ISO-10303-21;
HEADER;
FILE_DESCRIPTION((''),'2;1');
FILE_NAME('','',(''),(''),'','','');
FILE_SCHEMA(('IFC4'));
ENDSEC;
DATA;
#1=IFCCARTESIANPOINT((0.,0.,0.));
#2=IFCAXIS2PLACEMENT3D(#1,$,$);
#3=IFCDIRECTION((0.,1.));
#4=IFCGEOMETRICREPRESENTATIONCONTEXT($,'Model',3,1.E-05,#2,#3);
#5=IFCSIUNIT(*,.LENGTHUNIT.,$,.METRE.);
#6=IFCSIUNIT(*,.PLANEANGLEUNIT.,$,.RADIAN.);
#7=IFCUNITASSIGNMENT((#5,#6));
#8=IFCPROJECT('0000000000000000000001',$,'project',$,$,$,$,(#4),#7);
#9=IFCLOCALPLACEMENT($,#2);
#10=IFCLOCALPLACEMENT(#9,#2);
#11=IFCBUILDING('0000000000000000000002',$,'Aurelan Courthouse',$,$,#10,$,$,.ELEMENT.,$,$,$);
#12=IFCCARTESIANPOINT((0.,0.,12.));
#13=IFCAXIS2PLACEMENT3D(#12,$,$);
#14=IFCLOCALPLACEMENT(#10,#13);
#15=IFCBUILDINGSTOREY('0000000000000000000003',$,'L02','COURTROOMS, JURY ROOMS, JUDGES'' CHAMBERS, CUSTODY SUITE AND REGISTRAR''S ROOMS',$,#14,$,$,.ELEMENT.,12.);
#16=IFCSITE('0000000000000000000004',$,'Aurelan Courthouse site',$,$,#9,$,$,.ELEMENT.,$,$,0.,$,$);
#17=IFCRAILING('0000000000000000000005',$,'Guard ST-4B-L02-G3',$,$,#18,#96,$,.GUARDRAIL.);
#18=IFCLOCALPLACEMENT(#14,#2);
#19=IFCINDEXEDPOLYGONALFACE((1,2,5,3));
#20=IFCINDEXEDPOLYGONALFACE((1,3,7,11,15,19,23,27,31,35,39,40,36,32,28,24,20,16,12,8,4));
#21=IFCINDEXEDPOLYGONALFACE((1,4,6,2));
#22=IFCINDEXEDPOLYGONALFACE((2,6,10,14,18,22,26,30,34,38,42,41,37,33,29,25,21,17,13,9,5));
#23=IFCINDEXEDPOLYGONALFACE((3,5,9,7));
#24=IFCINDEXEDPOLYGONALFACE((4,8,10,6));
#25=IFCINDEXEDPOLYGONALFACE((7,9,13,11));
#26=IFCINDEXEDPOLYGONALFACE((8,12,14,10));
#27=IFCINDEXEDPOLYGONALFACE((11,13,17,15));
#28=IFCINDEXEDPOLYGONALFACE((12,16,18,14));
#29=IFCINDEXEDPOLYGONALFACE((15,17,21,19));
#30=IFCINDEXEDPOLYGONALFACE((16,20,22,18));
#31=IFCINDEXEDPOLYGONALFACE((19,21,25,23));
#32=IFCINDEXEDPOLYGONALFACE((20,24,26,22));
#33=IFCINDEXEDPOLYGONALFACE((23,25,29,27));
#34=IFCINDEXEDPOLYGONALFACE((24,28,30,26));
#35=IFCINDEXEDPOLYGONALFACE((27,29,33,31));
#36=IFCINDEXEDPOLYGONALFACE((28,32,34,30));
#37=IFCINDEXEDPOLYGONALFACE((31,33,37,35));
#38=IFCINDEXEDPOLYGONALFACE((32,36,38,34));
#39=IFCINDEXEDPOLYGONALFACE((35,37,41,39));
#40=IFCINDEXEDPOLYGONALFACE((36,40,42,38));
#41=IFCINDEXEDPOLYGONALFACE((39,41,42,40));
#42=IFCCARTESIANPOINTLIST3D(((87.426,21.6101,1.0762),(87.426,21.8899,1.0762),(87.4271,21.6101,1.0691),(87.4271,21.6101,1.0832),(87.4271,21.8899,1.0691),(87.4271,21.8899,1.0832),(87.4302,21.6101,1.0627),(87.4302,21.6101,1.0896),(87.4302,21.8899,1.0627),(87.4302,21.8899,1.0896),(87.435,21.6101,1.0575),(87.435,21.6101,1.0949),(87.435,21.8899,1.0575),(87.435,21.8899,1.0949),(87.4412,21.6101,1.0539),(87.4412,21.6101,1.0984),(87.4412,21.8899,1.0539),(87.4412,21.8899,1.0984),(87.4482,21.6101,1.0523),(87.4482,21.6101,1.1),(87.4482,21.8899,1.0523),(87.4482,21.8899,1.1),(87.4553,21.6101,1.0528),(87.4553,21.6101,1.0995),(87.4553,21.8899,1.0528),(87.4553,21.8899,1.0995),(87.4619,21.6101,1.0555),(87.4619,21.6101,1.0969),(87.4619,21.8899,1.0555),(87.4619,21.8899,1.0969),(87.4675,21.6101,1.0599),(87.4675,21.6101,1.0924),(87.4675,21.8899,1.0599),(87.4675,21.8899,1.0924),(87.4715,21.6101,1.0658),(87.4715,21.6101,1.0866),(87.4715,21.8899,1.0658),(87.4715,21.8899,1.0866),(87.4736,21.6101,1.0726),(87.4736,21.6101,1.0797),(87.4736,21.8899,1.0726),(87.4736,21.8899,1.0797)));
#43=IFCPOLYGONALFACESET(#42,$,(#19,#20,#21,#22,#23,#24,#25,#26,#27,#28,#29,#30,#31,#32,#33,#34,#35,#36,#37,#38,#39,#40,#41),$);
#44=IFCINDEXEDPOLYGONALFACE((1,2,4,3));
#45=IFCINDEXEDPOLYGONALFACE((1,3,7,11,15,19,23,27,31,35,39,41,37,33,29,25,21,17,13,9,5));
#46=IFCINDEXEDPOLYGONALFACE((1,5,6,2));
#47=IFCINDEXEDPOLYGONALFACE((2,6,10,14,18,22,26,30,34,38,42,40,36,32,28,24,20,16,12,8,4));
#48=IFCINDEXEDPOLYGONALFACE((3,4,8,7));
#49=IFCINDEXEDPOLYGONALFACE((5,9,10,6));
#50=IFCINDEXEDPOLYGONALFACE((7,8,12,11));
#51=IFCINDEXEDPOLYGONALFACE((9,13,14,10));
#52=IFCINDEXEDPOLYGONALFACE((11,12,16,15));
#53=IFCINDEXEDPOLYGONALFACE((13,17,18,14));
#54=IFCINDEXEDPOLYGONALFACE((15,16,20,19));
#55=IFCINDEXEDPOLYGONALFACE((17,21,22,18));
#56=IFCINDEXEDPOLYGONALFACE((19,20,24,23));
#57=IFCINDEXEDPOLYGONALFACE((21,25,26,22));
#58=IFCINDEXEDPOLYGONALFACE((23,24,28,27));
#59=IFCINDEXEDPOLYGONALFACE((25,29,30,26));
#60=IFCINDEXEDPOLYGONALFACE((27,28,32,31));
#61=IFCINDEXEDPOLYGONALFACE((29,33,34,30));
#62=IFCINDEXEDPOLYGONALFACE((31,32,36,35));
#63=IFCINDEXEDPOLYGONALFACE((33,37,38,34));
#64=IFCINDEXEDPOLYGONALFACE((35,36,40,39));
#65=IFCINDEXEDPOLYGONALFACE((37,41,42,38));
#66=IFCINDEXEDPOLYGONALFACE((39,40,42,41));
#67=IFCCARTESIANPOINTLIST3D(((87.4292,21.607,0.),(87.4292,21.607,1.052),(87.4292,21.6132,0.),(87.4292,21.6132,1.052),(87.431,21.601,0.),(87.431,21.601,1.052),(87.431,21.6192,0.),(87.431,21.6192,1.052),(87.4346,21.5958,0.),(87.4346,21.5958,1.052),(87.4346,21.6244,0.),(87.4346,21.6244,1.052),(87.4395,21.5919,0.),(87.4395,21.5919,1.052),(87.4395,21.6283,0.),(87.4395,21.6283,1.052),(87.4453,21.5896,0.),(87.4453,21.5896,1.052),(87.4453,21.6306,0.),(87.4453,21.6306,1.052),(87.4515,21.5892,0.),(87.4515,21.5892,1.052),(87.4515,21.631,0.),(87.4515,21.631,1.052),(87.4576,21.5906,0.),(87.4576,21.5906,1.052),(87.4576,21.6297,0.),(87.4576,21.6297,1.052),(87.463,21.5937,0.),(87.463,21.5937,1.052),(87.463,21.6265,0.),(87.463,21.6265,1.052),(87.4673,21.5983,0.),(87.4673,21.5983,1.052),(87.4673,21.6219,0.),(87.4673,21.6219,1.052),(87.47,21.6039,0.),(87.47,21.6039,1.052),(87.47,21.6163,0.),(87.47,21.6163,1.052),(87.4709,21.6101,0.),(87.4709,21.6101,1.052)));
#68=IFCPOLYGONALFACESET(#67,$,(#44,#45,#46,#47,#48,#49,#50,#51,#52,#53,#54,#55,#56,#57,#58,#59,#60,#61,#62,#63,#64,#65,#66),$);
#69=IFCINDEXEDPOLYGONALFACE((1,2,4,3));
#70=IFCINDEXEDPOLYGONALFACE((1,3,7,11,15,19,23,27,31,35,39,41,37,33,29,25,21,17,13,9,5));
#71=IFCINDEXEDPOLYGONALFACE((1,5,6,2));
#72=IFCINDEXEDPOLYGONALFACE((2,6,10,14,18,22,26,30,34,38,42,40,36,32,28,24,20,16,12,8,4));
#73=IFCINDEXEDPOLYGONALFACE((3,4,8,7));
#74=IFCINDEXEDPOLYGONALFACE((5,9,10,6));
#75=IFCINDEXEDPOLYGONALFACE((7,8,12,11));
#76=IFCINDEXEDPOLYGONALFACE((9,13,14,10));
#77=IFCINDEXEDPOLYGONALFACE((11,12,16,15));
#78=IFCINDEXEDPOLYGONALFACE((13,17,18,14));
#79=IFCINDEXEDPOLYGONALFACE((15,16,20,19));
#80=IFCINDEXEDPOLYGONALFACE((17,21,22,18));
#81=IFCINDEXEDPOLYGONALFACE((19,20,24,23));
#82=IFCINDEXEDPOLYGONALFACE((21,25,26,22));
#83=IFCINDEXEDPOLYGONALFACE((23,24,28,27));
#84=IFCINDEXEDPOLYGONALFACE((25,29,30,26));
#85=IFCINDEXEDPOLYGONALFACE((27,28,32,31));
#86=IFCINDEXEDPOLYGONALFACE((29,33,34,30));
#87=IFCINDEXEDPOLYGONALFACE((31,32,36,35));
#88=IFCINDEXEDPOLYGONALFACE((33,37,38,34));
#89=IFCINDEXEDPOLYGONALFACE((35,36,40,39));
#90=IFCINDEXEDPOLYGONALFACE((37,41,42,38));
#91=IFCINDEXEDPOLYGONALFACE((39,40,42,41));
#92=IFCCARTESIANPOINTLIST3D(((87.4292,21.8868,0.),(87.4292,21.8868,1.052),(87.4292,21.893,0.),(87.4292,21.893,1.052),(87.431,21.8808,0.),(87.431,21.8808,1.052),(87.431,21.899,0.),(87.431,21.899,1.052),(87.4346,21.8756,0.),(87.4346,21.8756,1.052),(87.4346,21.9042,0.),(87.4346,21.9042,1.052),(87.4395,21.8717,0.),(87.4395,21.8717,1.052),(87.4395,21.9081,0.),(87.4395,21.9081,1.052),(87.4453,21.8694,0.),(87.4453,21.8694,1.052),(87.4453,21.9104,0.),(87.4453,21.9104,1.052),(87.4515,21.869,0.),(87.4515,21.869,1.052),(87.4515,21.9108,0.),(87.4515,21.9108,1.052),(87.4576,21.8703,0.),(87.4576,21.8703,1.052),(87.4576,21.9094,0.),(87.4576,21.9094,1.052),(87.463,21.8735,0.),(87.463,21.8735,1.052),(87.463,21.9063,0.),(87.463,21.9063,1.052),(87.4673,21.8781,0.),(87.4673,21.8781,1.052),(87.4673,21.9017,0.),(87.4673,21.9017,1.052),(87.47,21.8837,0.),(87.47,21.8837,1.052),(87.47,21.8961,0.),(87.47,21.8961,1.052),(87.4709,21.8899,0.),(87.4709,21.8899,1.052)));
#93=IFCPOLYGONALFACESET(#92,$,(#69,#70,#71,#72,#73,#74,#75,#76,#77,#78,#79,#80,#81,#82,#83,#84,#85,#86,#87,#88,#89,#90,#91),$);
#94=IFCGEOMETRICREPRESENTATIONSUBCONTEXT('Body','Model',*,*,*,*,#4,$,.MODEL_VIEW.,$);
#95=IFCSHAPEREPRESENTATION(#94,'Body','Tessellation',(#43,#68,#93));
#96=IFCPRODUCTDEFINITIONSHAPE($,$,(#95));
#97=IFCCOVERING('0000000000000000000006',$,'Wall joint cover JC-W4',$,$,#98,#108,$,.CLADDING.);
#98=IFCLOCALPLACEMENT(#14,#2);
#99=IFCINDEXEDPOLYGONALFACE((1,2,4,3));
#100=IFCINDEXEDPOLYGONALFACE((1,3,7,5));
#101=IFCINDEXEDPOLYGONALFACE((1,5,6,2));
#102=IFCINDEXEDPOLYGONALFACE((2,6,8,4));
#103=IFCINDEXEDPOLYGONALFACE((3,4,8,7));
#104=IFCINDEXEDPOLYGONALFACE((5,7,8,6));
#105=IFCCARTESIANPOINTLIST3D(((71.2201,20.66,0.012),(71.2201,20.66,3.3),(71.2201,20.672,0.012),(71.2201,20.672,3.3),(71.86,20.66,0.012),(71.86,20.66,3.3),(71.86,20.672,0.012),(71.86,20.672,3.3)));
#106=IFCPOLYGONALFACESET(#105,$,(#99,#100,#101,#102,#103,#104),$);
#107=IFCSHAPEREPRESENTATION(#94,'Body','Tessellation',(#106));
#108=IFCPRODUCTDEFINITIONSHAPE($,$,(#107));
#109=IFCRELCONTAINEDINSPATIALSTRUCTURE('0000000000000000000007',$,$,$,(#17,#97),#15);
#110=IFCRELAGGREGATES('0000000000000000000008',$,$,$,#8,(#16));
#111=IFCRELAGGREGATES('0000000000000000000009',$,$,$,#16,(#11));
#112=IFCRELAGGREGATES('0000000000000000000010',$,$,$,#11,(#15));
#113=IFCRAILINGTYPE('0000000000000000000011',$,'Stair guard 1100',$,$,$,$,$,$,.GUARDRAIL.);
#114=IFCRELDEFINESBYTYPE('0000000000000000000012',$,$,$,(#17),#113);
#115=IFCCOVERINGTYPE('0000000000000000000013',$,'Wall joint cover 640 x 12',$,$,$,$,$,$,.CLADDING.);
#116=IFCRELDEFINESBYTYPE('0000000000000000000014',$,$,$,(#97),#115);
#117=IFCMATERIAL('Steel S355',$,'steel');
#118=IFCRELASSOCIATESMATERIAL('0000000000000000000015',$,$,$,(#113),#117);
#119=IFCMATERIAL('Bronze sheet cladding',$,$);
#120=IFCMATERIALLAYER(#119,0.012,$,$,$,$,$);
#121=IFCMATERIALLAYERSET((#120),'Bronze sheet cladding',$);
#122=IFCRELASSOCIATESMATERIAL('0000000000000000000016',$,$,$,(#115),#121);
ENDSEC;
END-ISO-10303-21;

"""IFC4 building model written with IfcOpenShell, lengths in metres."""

from ifc_helpers import new_model, si_unit, direction, frame, origin, origin_2d, place, context, subcontext, project, spatial, rectangle, circle, extrude, material, layer, layer_set, type_object, element, save


model = new_model("IFC4")

# Units and contexts
model_context = context("Model", 3, precision=1e-05, world=origin(), true_north=direction((0.0, 1.0)))
body_context = subcontext(model_context, "Body", "Model", "MODEL_VIEW")
ifc_project = project(units=[si_unit("LENGTHUNIT", "METRE"), si_unit("PLANEANGLEUNIT", "RADIAN")], contexts=[model_context])

# Site, building, storey
site_placement = place(None, origin())
site = spatial("IfcSite", under=ifc_project, at=site_placement, Name="Aurelan Courthouse site", CompositionType="ELEMENT", RefElevation=0.0)
building_placement = place(site_placement, origin())
building = spatial("IfcBuilding", under=site, at=building_placement, Name="Aurelan Courthouse", CompositionType="ELEMENT")
storey_placement = place(building_placement, frame((0.0, 0.0, 12.0)))
storey = spatial("IfcBuildingStorey", under=building, at=storey_placement, Name="L02", Description="COURTROOMS, JURY ROOMS, JUDGES' CHAMBERS, CUSTODY SUITE AND REGISTRAR'S ROOMS", CompositionType="ELEMENT", Elevation=12.0)

# Railing
ifc_material_1 = material(Name="Steel S355", Category="steel")
railing_type_1 = type_object("IfcRailingType", Name="Stair guard 1100", PredefinedType="GUARDRAIL", material=ifc_material_1)
railing_1_placement = place(storey_placement, frame((87.45, 21.6101, 0.0)))
element("IfcRailing", 1, at=railing_1_placement, inside=storey, type_object=railing_type_1, Name="Guard ST-4B-L02-G3", PredefinedType="GUARDRAIL", context=body_context, shape_type="SweptSolid", body=[
    extrude(circle(Radius=0.0239, at=origin_2d()), frame((0.0, 0.0, 1.0762), z_axis=(0.0, 1.0, 0.0), x_axis=(-1.0, 0.0, 0.0)), (0.0, 0.0, 1.0), 0.2798),
    extrude(circle(Radius=0.021, at=origin_2d()), origin(), (0.0, 0.0, 1.0), 1.052),
    extrude(circle(Radius=0.021, at=origin_2d()), frame((0.0, 0.2798, 0.0)), (0.0, 0.0, 1.0), 1.052),
])

# Covering
ifc_material_2 = material(Name="Bronze sheet cladding")
ifc_layer_1 = layer(ifc_material_2, 0.012)
ifc_layer_set_1 = layer_set([ifc_layer_1], Name="Bronze sheet cladding")
covering_type_1 = type_object("IfcCoveringType", Name="Wall joint cover 640 x 12", PredefinedType="CLADDING", material=ifc_layer_set_1)
covering_1_placement = place(storey_placement, frame((71.54, 20.666, 0.012), z_axis=(0.0, 0.0, 1.0), x_axis=(1.0, 0.0, 0.0)))
element("IfcCovering", 2, at=covering_1_placement, inside=storey, type_object=covering_type_1, Name="Wall joint cover JC-W4", PredefinedType="CLADDING", context=body_context, shape_type="SweptSolid", body=[
    extrude(rectangle(XDim=0.6399, YDim=0.012, at=origin_2d()), origin(), (0.0, 0.0, 1.0), 3.2881),
])

save(model, "model.ifc")
